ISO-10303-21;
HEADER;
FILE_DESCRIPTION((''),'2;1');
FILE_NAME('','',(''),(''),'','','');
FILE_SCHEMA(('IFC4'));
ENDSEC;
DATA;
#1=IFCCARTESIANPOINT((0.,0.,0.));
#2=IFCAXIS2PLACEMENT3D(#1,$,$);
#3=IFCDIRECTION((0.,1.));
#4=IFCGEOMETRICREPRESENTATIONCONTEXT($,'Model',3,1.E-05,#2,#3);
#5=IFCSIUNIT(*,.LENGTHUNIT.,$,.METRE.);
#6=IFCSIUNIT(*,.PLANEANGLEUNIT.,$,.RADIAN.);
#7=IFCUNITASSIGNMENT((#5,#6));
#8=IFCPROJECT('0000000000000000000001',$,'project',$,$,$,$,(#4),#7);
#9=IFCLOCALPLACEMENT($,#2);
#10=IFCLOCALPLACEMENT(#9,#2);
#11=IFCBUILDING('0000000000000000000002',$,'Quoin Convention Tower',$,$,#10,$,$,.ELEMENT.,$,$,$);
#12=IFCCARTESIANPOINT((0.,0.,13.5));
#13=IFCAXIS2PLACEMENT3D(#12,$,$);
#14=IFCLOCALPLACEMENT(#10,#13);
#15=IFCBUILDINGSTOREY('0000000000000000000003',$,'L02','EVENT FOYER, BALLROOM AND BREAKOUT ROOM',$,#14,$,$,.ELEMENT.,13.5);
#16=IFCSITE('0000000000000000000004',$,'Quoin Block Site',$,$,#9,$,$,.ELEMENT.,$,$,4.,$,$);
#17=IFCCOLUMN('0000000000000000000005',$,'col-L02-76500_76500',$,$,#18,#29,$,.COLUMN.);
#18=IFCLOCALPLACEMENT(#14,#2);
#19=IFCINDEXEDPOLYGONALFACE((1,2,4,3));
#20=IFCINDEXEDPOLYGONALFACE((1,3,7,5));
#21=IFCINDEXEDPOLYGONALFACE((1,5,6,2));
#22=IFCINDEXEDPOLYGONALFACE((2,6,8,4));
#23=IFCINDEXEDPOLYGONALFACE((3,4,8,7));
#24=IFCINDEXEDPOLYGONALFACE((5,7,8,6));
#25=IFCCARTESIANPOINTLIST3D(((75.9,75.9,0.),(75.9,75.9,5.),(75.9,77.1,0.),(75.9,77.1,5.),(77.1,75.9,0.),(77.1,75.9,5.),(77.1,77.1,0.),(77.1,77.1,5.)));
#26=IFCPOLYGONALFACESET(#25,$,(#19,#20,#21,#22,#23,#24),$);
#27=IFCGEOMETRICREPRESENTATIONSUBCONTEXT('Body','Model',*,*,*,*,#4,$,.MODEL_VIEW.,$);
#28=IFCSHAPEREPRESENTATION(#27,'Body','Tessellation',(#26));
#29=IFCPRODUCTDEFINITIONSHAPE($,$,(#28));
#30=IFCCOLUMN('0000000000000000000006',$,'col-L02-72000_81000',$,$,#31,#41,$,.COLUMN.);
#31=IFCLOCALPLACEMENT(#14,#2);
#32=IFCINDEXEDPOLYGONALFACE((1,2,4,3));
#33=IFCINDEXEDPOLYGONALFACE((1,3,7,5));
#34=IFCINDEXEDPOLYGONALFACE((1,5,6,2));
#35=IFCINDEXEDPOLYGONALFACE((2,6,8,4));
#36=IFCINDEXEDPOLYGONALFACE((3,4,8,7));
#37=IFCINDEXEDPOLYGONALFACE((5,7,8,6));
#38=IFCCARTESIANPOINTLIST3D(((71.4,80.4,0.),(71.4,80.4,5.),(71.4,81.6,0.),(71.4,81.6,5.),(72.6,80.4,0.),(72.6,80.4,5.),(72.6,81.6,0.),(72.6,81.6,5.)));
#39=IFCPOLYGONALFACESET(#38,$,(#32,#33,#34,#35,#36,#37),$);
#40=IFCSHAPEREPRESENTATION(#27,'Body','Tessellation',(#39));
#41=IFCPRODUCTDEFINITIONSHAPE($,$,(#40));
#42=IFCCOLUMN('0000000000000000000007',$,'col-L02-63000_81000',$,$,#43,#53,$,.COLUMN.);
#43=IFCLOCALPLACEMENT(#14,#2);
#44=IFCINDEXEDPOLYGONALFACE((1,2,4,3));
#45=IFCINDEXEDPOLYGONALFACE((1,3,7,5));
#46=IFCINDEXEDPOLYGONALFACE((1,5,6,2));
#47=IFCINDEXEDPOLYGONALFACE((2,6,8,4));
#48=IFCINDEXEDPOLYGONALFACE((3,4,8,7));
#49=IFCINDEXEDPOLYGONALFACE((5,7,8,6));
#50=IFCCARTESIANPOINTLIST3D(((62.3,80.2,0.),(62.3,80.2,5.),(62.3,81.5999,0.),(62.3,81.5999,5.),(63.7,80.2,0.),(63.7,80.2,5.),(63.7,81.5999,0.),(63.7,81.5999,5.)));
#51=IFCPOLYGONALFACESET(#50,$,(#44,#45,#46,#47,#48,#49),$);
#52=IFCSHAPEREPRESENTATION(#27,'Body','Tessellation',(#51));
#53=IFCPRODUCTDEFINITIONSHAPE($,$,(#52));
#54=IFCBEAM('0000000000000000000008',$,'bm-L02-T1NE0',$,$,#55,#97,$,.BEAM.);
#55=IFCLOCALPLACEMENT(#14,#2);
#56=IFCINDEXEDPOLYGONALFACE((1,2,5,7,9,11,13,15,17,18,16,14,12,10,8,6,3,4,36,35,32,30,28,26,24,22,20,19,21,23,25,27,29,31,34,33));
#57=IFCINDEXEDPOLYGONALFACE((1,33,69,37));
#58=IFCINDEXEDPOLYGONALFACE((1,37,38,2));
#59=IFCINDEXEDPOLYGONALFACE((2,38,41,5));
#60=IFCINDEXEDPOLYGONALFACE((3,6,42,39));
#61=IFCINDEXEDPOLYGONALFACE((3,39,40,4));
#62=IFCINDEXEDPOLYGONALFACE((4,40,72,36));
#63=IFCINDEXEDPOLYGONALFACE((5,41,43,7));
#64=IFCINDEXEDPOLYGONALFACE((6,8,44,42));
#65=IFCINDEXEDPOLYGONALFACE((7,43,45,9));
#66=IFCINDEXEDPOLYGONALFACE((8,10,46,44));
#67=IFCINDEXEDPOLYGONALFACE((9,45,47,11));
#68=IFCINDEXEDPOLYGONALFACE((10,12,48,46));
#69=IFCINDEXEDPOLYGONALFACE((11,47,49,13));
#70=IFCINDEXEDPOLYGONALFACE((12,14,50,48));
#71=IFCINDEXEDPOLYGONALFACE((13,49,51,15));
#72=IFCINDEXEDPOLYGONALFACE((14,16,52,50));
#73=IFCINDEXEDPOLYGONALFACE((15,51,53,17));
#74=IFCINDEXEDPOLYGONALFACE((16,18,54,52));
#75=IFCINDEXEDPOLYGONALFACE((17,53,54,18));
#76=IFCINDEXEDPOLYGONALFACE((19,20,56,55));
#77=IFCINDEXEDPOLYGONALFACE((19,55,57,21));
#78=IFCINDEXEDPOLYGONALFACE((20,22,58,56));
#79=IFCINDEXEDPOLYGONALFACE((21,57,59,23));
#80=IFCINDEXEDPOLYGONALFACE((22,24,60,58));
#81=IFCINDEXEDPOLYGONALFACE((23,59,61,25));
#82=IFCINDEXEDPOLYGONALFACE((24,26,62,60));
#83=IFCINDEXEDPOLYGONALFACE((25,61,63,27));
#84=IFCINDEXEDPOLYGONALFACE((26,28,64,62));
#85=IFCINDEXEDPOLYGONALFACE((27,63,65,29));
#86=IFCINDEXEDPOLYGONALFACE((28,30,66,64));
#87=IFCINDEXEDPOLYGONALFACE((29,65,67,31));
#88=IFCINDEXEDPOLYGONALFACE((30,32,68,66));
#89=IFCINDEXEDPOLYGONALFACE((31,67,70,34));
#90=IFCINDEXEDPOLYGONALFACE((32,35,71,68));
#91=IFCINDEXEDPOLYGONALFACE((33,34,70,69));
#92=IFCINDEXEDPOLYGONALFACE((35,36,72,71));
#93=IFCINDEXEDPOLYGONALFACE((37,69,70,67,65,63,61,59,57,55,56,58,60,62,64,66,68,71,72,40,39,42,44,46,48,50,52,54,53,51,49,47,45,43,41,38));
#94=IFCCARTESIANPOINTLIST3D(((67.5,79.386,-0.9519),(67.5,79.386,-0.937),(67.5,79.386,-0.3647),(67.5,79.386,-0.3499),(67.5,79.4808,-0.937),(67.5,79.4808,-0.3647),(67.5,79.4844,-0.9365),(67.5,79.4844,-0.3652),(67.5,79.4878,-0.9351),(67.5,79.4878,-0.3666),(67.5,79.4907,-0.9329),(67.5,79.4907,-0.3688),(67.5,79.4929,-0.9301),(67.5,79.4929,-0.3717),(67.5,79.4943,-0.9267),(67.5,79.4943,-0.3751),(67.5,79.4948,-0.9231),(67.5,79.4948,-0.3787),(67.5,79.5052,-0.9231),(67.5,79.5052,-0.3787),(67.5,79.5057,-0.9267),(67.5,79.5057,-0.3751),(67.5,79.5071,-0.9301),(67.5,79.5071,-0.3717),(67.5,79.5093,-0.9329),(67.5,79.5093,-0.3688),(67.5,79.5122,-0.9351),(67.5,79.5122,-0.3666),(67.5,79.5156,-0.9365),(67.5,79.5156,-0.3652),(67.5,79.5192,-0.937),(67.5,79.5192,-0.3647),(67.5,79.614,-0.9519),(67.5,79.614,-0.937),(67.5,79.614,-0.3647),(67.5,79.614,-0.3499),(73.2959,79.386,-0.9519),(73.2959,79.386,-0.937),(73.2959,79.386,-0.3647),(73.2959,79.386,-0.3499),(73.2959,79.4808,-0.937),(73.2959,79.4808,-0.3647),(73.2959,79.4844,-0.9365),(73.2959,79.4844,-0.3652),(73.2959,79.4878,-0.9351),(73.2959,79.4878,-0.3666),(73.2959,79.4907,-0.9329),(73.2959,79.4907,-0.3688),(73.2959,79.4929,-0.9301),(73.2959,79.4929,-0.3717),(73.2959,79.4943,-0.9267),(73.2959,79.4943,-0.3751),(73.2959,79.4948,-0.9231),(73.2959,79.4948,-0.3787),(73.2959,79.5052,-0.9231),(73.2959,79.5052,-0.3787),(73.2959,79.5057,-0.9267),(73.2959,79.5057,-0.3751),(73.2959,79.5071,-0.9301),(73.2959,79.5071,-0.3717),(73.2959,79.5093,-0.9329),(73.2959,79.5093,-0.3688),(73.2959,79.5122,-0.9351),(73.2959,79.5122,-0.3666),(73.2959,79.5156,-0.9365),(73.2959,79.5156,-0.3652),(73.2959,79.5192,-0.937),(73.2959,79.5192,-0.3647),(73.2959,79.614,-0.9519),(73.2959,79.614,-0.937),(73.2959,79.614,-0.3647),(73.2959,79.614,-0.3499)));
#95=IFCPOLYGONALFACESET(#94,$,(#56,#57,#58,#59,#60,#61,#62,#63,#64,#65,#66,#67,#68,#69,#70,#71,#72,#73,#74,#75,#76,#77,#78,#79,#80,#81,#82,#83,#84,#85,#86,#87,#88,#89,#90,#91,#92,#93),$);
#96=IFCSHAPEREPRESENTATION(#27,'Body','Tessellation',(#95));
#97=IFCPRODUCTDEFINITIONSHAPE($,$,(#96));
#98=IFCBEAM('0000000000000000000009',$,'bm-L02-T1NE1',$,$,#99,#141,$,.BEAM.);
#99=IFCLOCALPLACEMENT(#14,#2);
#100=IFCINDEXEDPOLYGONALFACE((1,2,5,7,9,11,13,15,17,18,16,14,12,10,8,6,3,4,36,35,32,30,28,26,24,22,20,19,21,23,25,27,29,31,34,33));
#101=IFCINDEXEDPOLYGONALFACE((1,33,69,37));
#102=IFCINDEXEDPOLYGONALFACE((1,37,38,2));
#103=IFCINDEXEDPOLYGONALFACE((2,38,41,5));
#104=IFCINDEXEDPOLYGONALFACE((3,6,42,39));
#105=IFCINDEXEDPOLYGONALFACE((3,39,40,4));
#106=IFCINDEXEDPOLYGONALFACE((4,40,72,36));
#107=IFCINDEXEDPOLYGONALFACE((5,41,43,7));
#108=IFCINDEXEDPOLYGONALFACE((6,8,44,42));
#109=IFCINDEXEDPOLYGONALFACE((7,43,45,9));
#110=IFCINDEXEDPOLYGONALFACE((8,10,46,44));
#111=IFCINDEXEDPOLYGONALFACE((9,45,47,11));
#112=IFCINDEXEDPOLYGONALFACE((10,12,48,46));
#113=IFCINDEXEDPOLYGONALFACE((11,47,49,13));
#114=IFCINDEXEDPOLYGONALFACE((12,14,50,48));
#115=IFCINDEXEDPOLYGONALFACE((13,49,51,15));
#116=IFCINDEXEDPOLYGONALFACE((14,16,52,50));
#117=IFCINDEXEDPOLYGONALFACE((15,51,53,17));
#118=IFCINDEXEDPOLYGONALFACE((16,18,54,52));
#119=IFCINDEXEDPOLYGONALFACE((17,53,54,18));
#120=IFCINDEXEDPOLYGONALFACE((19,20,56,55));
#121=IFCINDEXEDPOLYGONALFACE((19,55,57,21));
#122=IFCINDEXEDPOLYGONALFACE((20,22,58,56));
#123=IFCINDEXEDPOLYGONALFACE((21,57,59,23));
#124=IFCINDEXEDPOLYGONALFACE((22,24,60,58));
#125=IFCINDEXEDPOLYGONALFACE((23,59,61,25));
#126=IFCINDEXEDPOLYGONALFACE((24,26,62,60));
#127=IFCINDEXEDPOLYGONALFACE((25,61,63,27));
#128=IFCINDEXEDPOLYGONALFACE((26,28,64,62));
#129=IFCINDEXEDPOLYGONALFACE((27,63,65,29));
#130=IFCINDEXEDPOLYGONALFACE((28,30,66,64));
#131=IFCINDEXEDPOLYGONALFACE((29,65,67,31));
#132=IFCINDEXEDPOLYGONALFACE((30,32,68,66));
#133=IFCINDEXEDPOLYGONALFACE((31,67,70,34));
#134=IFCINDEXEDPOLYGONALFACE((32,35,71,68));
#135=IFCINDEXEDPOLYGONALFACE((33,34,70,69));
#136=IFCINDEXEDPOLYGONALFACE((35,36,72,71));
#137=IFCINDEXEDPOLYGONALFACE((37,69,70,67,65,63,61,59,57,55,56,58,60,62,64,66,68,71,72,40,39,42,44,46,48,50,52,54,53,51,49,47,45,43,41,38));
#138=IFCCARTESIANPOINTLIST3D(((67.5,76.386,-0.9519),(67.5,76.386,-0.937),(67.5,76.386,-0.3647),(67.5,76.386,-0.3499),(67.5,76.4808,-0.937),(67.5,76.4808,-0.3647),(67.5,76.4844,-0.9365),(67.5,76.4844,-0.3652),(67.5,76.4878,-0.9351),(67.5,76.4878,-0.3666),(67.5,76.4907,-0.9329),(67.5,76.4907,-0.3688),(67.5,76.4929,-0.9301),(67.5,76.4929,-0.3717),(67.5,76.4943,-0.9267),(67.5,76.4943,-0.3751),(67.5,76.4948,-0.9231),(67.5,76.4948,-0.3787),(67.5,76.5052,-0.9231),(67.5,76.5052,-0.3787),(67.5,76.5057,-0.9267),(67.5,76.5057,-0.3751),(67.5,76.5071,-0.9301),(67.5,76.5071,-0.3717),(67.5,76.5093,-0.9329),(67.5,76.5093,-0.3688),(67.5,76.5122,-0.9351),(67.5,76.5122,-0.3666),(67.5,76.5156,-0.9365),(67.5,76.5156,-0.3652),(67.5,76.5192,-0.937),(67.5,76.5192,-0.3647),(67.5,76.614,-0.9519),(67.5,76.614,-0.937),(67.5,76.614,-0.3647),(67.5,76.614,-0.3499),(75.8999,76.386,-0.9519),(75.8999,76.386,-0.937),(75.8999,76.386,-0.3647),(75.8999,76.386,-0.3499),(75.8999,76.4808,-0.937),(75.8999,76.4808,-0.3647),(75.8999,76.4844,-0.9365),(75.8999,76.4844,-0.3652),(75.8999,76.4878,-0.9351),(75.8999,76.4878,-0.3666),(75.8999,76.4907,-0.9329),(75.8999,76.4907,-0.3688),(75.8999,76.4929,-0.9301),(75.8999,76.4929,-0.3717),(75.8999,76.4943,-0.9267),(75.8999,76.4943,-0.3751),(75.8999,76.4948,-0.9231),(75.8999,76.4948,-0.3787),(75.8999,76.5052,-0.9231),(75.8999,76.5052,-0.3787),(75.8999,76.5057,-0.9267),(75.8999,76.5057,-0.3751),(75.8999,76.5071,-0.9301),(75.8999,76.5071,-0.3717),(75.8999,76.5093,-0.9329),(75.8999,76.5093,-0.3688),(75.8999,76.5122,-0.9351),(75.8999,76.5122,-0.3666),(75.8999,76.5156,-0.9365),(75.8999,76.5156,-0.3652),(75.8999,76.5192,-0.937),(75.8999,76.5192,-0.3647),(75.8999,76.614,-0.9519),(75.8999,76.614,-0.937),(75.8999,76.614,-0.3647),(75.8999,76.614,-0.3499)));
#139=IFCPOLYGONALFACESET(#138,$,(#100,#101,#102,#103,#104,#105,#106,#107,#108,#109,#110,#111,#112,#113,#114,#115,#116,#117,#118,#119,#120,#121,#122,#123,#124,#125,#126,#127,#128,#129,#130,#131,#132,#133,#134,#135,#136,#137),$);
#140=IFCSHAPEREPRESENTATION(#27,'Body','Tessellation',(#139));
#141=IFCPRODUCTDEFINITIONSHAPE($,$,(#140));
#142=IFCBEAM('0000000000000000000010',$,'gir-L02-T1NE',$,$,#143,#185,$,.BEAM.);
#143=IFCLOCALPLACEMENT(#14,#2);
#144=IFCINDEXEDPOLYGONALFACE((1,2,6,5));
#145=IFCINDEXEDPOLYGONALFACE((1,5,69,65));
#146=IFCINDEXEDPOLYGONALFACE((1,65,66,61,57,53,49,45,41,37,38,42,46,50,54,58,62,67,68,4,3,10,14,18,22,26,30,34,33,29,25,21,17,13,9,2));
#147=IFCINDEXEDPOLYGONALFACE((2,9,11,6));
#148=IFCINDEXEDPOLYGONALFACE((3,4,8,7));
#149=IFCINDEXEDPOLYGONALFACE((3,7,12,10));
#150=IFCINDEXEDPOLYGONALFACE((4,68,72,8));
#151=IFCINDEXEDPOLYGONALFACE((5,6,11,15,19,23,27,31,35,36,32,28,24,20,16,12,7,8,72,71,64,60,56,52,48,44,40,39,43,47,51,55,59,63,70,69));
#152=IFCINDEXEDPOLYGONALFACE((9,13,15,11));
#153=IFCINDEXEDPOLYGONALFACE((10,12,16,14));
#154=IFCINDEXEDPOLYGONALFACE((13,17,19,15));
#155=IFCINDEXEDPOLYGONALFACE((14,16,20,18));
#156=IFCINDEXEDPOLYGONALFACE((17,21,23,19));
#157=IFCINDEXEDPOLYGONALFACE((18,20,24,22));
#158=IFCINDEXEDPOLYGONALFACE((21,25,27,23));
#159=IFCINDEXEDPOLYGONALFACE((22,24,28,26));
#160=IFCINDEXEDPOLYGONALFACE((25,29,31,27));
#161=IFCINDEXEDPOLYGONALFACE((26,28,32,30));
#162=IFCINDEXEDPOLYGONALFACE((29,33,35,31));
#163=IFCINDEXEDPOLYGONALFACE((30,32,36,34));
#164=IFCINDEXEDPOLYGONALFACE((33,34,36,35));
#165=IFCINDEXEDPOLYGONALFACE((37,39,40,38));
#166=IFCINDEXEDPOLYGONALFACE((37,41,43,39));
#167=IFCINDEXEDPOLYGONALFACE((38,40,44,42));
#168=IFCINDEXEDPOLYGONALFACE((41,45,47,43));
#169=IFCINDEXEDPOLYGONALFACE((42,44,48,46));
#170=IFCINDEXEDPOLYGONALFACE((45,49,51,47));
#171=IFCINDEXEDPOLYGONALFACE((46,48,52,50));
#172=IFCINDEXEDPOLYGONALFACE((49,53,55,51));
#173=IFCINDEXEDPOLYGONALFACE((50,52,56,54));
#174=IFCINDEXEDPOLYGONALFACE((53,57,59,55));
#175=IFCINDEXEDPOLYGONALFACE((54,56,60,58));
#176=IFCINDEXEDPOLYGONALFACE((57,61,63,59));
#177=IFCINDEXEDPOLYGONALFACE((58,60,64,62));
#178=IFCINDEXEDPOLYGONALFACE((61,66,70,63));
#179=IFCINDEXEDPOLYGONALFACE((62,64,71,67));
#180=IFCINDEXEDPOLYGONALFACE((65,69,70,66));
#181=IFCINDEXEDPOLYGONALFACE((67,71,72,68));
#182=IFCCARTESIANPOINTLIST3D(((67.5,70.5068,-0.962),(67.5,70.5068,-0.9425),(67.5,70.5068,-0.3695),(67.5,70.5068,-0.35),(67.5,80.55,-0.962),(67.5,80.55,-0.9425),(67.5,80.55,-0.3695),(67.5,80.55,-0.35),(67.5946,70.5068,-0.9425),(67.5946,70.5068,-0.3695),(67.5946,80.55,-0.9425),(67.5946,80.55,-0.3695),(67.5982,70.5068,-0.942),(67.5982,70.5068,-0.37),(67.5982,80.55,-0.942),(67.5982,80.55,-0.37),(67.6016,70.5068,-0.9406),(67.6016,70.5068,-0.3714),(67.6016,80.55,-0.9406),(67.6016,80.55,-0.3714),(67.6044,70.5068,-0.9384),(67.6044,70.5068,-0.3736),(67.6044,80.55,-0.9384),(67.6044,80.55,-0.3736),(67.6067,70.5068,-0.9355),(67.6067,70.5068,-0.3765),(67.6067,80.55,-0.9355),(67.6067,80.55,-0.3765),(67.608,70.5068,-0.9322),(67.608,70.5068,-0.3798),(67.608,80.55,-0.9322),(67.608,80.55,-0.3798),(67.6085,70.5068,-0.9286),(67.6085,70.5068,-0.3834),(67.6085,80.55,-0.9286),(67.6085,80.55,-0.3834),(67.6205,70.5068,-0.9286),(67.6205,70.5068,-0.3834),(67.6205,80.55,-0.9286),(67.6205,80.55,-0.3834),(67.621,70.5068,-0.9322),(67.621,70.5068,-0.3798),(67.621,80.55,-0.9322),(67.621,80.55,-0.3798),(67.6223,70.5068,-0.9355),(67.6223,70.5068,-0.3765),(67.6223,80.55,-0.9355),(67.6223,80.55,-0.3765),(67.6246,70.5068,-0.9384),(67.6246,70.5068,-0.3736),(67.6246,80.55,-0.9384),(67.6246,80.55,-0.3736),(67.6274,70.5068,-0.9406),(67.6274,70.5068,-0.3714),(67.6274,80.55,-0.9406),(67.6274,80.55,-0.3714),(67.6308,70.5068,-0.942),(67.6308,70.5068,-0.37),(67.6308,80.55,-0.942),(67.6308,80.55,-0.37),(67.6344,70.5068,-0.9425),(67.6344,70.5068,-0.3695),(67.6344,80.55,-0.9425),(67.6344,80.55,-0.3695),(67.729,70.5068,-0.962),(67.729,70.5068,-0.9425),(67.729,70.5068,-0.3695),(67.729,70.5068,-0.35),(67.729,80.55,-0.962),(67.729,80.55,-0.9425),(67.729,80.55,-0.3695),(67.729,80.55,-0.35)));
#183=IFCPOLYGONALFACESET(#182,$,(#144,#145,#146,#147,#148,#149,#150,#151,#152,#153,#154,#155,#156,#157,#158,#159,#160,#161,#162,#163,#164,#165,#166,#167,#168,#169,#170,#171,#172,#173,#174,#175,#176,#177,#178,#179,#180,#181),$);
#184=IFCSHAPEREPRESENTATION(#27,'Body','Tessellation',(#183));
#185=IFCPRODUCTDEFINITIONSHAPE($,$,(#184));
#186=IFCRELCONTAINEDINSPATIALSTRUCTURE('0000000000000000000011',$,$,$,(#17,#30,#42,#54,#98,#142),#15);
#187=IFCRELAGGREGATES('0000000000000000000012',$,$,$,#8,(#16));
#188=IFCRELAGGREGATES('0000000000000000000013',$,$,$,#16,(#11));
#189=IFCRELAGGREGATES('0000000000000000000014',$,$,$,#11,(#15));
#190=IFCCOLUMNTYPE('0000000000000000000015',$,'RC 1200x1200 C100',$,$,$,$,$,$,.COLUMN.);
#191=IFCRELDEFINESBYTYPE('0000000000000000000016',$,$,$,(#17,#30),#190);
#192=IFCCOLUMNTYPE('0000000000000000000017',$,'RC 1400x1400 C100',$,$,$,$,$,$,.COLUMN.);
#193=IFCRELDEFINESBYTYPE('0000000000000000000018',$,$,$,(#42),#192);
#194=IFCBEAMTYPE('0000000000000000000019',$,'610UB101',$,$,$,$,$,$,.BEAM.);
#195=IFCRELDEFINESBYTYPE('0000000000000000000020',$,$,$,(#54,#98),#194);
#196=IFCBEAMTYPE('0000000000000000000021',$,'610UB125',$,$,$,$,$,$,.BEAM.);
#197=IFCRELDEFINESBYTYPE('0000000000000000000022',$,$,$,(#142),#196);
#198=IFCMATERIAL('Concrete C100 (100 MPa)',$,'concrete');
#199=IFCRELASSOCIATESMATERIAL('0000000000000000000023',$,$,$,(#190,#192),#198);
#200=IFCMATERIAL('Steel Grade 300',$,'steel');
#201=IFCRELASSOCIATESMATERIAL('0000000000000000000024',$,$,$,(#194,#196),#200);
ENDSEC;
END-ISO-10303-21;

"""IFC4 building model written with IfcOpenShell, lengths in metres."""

from ifc_helpers import new_model, si_unit, direction, frame, origin, origin_2d, place, context, subcontext, project, spatial, rectangle, i_section, extrude, material, material_profile, profile_set, type_object, element, save


model = new_model("IFC4")

# Units and contexts
model_context = context("Model", 3, precision=1e-05, world=origin(), true_north=direction((0.0, 1.0)))
body_context = subcontext(model_context, "Body", "Model", "MODEL_VIEW")
ifc_project = project(units=[si_unit("LENGTHUNIT", "METRE"), si_unit("PLANEANGLEUNIT", "RADIAN")], contexts=[model_context])

# Site, building, storey
site_placement = place(None, origin())
site = spatial("IfcSite", under=ifc_project, at=site_placement, Name="Quoin Block Site", CompositionType="ELEMENT", RefElevation=4.0)
building_placement = place(site_placement, origin())
building = spatial("IfcBuilding", under=site, at=building_placement, Name="Quoin Convention Tower", CompositionType="ELEMENT")
storey_placement = place(building_placement, frame((0.0, 0.0, 13.5)))
storey = spatial("IfcBuildingStorey", under=building, at=storey_placement, Name="L02", Description="EVENT FOYER, BALLROOM AND BREAKOUT ROOM", CompositionType="ELEMENT", Elevation=13.5)

# Columns
ifc_material_1 = material(Name="Concrete C100 (100 MPa)", Category="concrete")
ifc_material_profile_1 = material_profile(ifc_material_1, rectangle(XDim=1.2, YDim=1.2, at=origin_2d()), Name="RC 1200x1200")
ifc_profile_set_1 = profile_set([ifc_material_profile_1], Name="Concrete C100 (100 MPa)")
column_type_1 = type_object("IfcColumnType", Name="RC 1200x1200 C100", PredefinedType="COLUMN", material=ifc_profile_set_1)
for number, where, z_axis, x_axis, name in (
    (1, (76.5, 76.5, 0.0), (0.0, 0.0, 1.0), (1.0, 0.0, 0.0), "col-L02-76500_76500"),
    (2, (72.0, 81.0, 0.0), (0.0, 0.0, 1.0), (1.0, 0.0, 0.0), "col-L02-72000_81000"),
):
    element("IfcColumn", number, at=place(storey_placement, frame(where, z_axis=z_axis, x_axis=x_axis)), inside=storey, type_object=column_type_1, Name=name, PredefinedType="COLUMN", context=body_context, shape_type="SweptSolid", body=[
        extrude(rectangle(XDim=1.2, YDim=1.2, at=origin_2d()), origin(), (0.0, 0.0, 1.0), 5.0),
    ])
ifc_material_profile_2 = material_profile(ifc_material_1, rectangle(XDim=1.3999, YDim=1.3999, at=origin_2d()), Name="RC 1400x1400")
ifc_profile_set_2 = profile_set([ifc_material_profile_2], Name="Concrete C100 (100 MPa)")
column_type_2 = type_object("IfcColumnType", Name="RC 1400x1400 C100", PredefinedType="COLUMN", material=ifc_profile_set_2)
column_placement = place(storey_placement, frame((63.0, 80.8999, 0.0), z_axis=(0.0, 0.0, 1.0), x_axis=(1.0, 0.0, 0.0)))
element("IfcColumn", 3, at=column_placement, inside=storey, type_object=column_type_2, Name="col-L02-63000_81000", PredefinedType="COLUMN", context=body_context, shape_type="SweptSolid", body=[
    extrude(rectangle(XDim=1.3999, YDim=1.3999, at=origin_2d()), origin(), (0.0, 0.0, 1.0), 5.0),
])

# Beams
ifc_material_2 = material(Name="Steel Grade 300", Category="steel")
ifc_material_profile_3 = material_profile(ifc_material_2, i_section(OverallWidth=0.228, OverallDepth=0.6021, WebThickness=0.0105, FlangeThickness=0.0149, FilletRadius=0.0139, at=origin_2d()), Name="610UB101")
ifc_profile_set_3 = profile_set([ifc_material_profile_3], Name="Steel Grade 300")
beam_type_1 = type_object("IfcBeamType", Name="610UB101", PredefinedType="BEAM", material=ifc_profile_set_3)
beam_1_placement = place(storey_placement, frame((67.5, 79.5, -0.6509), z_axis=(1.0, 0.0, 0.0), x_axis=(0.0, 1.0, 0.0)))
element("IfcBeam", 4, at=beam_1_placement, inside=storey, type_object=beam_type_1, Name="bm-L02-T1NE0", PredefinedType="BEAM", context=body_context, shape_type="SweptSolid", body=[
    extrude(i_section(OverallWidth=0.228, OverallDepth=0.6021, WebThickness=0.0105, FlangeThickness=0.0149, FilletRadius=0.0139, at=origin_2d()), origin(), (0.0, 0.0, 1.0), 5.7959),
])
beam_2_placement = place(storey_placement, frame((67.5, 76.5, -0.6509), z_axis=(1.0, 0.0, 0.0), x_axis=(0.0, 1.0, 0.0)))
element("IfcBeam", 5, at=beam_2_placement, inside=storey, type_object=beam_type_1, Name="bm-L02-T1NE1", PredefinedType="BEAM", context=body_context, shape_type="SweptSolid", body=[
    extrude(i_section(OverallWidth=0.228, OverallDepth=0.6021, WebThickness=0.0105, FlangeThickness=0.0149, FilletRadius=0.0139, at=origin_2d()), origin(), (0.0, 0.0, 1.0), 8.3999),
])
ifc_material_profile_4 = material_profile(ifc_material_2, i_section(OverallWidth=0.229, OverallDepth=0.6121, WebThickness=0.012, FlangeThickness=0.0195, FilletRadius=0.0139, at=origin_2d()), Name="610UB125")
ifc_profile_set_4 = profile_set([ifc_material_profile_4], Name="Steel Grade 300")
beam_type_2 = type_object("IfcBeamType", Name="610UB125", PredefinedType="BEAM", material=ifc_profile_set_4)
beam_3_placement = place(storey_placement, frame((67.6145, 80.55, -0.656), z_axis=(0.0, -1.0, 0.0), x_axis=(1.0, 0.0, 0.0)))
element("IfcBeam", 6, at=beam_3_placement, inside=storey, type_object=beam_type_2, Name="gir-L02-T1NE", PredefinedType="BEAM", context=body_context, shape_type="SweptSolid", body=[
    extrude(i_section(OverallWidth=0.229, OverallDepth=0.6121, WebThickness=0.012, FlangeThickness=0.0195, FilletRadius=0.0139, at=origin_2d()), origin(), (0.0, 0.0, 1.0), 10.0432),
])

save(model, "model.ifc")
